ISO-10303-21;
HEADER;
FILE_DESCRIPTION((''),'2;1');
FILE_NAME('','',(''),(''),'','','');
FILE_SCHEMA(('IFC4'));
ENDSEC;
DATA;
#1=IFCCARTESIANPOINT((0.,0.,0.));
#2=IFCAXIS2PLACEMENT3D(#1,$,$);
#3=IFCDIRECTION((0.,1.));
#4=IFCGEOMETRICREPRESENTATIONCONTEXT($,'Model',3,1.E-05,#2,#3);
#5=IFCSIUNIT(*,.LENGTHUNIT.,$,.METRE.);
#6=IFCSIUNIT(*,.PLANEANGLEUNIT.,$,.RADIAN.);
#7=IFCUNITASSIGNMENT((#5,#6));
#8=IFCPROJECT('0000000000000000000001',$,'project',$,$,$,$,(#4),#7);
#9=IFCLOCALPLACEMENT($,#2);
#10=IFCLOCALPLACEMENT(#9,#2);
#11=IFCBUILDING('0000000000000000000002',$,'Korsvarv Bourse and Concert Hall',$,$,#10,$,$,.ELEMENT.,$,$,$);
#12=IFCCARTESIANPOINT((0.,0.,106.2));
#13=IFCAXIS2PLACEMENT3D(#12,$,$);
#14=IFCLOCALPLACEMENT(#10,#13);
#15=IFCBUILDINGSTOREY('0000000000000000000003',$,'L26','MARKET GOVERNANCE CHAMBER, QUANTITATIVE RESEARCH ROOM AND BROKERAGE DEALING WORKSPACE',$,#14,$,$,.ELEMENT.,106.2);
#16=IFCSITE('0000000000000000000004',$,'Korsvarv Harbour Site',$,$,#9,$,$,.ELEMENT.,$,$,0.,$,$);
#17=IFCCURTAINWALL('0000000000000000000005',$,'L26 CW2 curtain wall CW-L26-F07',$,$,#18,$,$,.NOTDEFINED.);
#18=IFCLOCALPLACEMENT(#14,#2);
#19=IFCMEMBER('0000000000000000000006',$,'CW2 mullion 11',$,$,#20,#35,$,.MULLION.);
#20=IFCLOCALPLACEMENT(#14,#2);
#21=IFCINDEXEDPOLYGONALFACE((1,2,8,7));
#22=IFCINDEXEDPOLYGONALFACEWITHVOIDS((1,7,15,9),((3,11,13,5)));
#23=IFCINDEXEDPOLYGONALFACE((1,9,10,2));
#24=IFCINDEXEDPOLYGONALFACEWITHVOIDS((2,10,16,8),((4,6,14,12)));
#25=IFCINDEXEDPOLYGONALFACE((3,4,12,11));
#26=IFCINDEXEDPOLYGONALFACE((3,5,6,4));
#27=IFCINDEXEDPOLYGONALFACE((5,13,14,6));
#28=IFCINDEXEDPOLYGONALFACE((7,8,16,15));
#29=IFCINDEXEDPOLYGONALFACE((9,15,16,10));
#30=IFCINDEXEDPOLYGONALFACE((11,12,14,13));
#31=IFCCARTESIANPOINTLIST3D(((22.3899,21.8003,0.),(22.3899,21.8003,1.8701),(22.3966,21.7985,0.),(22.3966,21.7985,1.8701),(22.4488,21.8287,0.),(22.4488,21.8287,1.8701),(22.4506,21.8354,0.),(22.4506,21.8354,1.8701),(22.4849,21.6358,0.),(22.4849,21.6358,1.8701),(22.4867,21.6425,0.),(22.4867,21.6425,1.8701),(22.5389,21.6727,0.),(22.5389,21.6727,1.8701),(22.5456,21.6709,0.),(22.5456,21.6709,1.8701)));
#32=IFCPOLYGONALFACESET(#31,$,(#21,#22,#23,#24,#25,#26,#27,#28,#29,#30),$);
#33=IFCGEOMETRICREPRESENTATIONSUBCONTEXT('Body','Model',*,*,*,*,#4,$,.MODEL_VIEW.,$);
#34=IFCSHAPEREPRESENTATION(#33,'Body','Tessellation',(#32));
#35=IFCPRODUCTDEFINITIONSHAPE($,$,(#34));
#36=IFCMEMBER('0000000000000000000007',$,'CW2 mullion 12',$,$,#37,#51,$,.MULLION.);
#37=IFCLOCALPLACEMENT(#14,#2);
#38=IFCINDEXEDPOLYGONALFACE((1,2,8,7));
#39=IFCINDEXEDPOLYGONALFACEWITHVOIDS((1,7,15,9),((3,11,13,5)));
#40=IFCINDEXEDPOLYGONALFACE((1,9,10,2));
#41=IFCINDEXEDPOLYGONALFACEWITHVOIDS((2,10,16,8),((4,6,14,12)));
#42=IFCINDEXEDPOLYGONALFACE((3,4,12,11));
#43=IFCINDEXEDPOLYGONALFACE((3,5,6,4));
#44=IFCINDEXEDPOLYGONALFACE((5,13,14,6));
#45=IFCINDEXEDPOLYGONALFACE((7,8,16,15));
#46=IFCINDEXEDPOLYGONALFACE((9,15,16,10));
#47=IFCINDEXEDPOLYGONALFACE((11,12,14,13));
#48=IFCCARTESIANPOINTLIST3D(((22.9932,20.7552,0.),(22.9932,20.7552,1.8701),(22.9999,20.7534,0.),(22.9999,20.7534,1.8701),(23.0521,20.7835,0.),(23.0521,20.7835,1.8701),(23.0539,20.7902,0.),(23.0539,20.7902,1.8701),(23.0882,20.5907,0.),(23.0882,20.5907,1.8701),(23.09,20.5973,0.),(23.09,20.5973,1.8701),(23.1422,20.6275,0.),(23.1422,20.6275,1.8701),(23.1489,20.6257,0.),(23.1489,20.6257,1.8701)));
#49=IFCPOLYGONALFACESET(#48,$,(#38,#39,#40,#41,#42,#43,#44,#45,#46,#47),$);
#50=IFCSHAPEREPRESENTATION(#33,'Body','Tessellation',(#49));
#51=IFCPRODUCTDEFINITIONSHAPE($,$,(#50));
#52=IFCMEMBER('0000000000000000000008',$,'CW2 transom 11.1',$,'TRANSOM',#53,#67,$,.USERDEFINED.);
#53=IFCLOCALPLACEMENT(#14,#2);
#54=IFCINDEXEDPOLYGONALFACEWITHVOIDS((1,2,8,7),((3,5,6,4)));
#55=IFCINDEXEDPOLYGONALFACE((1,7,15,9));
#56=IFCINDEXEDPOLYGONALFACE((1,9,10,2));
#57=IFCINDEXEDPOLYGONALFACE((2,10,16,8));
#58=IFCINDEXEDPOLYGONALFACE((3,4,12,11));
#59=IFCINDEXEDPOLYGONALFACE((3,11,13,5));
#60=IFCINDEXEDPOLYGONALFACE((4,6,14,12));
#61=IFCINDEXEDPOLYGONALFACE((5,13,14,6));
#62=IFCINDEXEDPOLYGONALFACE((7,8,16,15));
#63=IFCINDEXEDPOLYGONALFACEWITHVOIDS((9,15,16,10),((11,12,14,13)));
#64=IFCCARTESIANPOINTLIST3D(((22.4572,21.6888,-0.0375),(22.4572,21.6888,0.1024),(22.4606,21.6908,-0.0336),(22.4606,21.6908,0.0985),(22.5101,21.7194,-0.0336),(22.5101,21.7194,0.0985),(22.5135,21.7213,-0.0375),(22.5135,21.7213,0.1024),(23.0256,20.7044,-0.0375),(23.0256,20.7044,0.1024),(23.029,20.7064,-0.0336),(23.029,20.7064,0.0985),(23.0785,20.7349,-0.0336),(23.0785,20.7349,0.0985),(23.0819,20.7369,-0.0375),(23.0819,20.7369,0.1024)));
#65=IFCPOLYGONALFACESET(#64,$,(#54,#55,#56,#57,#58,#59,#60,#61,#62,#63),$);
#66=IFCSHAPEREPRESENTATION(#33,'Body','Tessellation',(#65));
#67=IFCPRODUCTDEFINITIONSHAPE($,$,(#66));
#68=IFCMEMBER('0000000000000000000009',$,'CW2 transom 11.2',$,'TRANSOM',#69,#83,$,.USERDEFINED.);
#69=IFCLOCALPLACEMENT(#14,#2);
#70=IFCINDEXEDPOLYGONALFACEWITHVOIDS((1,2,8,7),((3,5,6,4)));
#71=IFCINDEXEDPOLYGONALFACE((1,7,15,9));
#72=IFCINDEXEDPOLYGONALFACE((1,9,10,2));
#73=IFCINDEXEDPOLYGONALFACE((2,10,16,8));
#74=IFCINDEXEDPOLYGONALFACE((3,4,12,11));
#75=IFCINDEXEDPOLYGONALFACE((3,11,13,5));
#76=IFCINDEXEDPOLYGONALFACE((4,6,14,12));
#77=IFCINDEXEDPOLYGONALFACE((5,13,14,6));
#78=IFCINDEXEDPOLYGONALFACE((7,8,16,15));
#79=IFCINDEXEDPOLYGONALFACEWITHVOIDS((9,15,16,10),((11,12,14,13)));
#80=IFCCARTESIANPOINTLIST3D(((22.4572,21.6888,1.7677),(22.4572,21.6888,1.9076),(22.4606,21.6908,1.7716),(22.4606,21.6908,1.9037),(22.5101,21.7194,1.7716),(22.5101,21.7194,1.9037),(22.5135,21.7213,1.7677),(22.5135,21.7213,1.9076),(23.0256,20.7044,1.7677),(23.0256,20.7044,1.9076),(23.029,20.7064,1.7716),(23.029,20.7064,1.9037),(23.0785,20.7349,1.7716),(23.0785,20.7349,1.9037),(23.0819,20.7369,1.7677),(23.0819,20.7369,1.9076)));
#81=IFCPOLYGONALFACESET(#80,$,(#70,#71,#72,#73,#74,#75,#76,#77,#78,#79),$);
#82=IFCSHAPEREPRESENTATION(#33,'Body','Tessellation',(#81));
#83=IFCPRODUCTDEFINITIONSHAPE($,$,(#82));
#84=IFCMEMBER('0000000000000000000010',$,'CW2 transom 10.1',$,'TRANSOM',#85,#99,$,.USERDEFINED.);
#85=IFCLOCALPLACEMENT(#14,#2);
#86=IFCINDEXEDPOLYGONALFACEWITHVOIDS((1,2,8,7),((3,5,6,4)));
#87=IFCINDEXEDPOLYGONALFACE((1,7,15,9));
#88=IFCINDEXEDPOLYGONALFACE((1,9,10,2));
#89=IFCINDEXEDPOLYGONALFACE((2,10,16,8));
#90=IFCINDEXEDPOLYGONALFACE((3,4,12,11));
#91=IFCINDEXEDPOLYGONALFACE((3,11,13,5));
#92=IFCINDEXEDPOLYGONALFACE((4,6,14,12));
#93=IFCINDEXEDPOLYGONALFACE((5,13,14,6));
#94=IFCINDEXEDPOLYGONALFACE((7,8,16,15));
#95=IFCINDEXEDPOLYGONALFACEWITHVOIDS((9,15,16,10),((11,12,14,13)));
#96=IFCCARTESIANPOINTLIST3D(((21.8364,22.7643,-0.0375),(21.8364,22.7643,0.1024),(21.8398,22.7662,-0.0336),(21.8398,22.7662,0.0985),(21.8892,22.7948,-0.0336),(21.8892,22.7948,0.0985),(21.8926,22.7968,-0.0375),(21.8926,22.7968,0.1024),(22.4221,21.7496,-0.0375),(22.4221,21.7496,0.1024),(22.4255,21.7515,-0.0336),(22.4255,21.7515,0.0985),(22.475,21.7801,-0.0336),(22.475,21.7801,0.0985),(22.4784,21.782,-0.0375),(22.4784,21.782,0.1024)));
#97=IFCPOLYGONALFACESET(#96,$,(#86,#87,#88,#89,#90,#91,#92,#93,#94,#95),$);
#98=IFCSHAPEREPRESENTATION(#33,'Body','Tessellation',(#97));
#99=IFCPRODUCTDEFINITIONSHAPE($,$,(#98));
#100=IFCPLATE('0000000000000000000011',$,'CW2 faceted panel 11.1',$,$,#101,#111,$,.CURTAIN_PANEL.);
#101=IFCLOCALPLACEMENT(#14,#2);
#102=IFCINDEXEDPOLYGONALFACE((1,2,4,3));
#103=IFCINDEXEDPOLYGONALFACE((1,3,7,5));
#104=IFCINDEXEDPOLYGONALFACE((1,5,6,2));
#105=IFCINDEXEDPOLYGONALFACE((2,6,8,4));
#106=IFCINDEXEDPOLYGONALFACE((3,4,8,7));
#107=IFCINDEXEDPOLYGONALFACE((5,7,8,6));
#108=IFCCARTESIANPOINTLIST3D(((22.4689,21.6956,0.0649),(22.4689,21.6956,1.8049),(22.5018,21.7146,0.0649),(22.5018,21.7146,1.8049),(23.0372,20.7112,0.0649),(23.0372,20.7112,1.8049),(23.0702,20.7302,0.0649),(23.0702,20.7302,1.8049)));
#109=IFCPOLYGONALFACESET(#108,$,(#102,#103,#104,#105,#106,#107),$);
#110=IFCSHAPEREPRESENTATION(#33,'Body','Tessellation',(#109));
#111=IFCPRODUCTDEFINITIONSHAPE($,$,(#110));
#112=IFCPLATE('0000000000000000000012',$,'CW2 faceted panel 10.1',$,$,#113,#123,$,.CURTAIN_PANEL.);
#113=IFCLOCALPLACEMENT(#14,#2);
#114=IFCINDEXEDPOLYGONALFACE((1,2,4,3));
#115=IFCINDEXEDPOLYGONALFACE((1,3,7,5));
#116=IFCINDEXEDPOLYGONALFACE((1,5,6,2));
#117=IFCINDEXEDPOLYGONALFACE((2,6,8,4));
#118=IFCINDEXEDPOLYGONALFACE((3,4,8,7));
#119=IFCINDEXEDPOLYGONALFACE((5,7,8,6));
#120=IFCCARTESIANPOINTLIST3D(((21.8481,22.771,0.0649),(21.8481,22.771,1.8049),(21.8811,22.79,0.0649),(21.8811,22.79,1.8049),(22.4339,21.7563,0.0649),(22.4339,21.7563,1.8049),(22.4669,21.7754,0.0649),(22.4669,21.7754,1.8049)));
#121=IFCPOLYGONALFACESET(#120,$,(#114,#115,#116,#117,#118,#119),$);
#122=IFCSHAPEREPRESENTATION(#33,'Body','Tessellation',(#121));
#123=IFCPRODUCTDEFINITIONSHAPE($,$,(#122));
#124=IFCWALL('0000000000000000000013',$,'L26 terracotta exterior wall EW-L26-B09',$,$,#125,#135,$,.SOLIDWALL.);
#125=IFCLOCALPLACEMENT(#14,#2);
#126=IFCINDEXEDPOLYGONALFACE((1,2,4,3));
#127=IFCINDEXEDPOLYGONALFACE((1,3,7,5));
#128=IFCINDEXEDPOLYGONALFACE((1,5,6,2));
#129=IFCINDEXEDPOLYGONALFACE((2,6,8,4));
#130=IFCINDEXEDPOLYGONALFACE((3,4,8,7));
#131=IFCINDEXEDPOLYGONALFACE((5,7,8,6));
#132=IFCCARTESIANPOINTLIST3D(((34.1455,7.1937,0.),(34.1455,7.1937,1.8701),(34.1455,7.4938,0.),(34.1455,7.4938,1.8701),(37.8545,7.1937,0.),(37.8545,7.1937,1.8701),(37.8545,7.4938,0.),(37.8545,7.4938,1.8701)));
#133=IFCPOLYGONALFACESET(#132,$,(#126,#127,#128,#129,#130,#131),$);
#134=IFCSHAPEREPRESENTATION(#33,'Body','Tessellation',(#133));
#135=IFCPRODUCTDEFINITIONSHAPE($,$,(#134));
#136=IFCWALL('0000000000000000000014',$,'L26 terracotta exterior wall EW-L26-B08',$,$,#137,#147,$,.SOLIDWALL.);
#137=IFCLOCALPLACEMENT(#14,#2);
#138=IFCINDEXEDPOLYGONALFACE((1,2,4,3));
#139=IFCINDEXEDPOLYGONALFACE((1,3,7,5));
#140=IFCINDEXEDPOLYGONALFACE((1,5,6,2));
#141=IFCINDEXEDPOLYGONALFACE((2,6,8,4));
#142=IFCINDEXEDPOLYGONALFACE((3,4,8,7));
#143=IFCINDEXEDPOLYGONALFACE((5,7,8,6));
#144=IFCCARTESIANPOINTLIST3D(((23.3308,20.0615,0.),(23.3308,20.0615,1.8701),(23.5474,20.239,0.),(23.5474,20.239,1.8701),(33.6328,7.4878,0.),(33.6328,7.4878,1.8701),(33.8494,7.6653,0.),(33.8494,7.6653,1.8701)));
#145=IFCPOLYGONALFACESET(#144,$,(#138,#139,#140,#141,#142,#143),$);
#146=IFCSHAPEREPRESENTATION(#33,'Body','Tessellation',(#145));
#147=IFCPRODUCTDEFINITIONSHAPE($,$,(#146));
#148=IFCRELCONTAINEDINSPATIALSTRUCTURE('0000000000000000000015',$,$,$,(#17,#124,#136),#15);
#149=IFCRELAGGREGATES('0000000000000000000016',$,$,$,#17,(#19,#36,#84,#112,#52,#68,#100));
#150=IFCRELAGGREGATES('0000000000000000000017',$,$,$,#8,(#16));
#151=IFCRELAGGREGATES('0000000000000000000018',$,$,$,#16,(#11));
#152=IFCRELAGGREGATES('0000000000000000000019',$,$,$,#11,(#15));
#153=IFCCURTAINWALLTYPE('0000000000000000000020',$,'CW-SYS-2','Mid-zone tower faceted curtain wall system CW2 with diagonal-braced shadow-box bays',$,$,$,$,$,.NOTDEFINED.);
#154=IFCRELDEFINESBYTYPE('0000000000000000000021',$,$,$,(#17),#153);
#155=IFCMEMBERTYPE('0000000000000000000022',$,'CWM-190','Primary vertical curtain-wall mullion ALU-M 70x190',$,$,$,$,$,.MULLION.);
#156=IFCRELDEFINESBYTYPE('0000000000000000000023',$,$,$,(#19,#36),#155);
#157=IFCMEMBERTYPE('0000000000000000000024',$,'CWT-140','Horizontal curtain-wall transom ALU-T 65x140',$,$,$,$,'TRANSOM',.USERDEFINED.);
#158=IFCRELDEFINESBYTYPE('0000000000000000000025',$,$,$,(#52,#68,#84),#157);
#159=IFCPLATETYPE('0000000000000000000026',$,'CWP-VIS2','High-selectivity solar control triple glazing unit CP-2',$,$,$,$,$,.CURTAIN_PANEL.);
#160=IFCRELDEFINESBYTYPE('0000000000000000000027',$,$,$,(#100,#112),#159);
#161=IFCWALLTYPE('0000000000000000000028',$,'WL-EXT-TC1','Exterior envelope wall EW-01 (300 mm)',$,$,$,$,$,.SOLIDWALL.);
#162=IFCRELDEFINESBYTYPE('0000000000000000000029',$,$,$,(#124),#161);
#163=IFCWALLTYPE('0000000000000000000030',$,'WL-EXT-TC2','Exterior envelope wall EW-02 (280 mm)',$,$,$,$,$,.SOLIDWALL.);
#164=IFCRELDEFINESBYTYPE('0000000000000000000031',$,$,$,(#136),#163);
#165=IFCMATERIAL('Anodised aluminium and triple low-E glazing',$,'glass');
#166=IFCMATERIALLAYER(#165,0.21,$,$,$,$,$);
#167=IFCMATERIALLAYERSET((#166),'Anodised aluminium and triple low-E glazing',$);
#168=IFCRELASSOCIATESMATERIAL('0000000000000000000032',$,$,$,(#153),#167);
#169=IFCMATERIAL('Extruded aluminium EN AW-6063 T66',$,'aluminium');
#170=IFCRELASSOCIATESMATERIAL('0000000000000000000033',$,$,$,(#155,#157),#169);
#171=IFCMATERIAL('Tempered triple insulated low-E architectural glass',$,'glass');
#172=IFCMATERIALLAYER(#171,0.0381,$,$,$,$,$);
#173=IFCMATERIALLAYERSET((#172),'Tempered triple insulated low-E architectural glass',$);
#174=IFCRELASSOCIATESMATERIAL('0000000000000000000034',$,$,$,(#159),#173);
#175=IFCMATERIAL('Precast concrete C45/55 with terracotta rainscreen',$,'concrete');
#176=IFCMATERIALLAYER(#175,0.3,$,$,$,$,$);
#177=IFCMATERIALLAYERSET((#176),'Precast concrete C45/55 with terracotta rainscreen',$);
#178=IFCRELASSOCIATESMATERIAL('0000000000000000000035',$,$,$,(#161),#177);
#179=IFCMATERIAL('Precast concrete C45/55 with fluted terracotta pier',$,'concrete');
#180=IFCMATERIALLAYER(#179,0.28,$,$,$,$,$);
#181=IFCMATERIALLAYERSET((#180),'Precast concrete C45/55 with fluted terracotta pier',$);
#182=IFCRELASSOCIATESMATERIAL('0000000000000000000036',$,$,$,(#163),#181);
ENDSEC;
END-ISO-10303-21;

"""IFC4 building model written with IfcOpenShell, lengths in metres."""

from ifc_helpers import new_model, si_unit, direction, frame, frame_2d, origin, origin_2d, place, context, subcontext, project, spatial, rectangle, hollow_rectangle, extrude, source, transform, mapped, material, layer, layer_set, material_profile, profile_set, type_object, element, aggregate, save


model = new_model("IFC4")

# Units and contexts
model_context = context("Model", 3, precision=1e-05, world=origin(), true_north=direction((0.0, 1.0)))
body_context = subcontext(model_context, "Body", "Model", "MODEL_VIEW")
ifc_project = project(units=[si_unit("LENGTHUNIT", "METRE"), si_unit("PLANEANGLEUNIT", "RADIAN")], contexts=[model_context])

# Site, building, storey
site_placement = place(None, origin())
site = spatial("IfcSite", under=ifc_project, at=site_placement, Name="Korsvarv Harbour Site", CompositionType="ELEMENT", RefElevation=0.0)
building_placement = place(site_placement, origin())
building = spatial("IfcBuilding", under=site, at=building_placement, Name="Korsvarv Bourse and Concert Hall", CompositionType="ELEMENT")
storey_placement = place(building_placement, frame((0.0, 0.0, 106.2)))
storey = spatial("IfcBuildingStorey", under=building, at=storey_placement, Name="L26", Description="MARKET GOVERNANCE CHAMBER, QUANTITATIVE RESEARCH ROOM AND BROKERAGE DEALING WORKSPACE", CompositionType="ELEMENT", Elevation=106.2)

# Curtain wall, members, plates
ifc_material_1 = material(Name="Anodised aluminium and triple low-E glazing", Category="glass")
ifc_layer_1 = layer(ifc_material_1, 0.21)
ifc_layer_set_1 = layer_set([ifc_layer_1], Name="Anodised aluminium and triple low-E glazing")
curtain_wall_type = type_object("IfcCurtainWallType", Name="CW-SYS-2", Description="Mid-zone tower faceted curtain wall system CW2 with diagonal-braced shadow-box bays", PredefinedType="NOTDEFINED", material=ifc_layer_set_1)
curtain_wall_placement = place(storey_placement, origin())
curtain_wall = element("IfcCurtainWall", 1, at=curtain_wall_placement, inside=storey, type_object=curtain_wall_type, Name="L26 CW2 curtain wall CW-L26-F07", PredefinedType="NOTDEFINED")
ifc_material_2 = material(Name="Extruded aluminium EN AW-6063 T66", Category="aluminium")
ifc_material_profile_1 = material_profile(ifc_material_2, hollow_rectangle(XDim=0.0701, YDim=0.1899, WallThickness=0.0049, at=origin_2d()), Name="ALU-M 70x190")
ifc_profile_set_1 = profile_set([ifc_material_profile_1], Name="Extruded aluminium EN AW-6063 T66")
member_type_1 = type_object("IfcMemberType", Name="CWM-190", Description="Primary vertical curtain-wall mullion ALU-M 70x190", PredefinedType="MULLION", material=ifc_profile_set_1)
shared_shape_1 = source(origin(), body_context, "Body", "SweptSolid", [
    extrude(hollow_rectangle(XDim=0.0701, YDim=0.1899, WallThickness=0.0049, at=origin_2d()), origin(), (0.0, 0.0, 1.0), 1.8701),
])
member_1_placement = place(storey_placement, frame((22.4678, 21.7356, 0.0), z_axis=(0.0, 0.0, 1.0), x_axis=(0.866024, 0.500002, 0.0)))
member_1 = element("IfcMember", 2, at=member_1_placement, type_object=member_type_1, Name="CW2 mullion 11", PredefinedType="MULLION", context=body_context, shape_type="MappedRepresentation", body=[
    mapped(shared_shape_1, transform((0.0, 0.0, 0.0), scale=1.0)),
])
member_2_placement = place(storey_placement, frame((23.071, 20.6904, 0.0), z_axis=(0.0, 0.0, 1.0), x_axis=(0.866024, 0.500002, 0.0)))
member_2 = element("IfcMember", 3, at=member_2_placement, type_object=member_type_1, Name="CW2 mullion 12", PredefinedType="MULLION", context=body_context, shape_type="MappedRepresentation", body=[
    mapped(shared_shape_1, transform((0.0, 0.0, 0.0), scale=1.0)),
])
ifc_material_profile_2 = material_profile(ifc_material_2, hollow_rectangle(XDim=0.0649, YDim=0.1399, WallThickness=0.0039, at=origin_2d()), Name="ALU-T 65x140")
ifc_profile_set_2 = profile_set([ifc_material_profile_2], Name="Extruded aluminium EN AW-6063 T66")
member_type_2 = type_object("IfcMemberType", Name="CWT-140", Description="Horizontal curtain-wall transom ALU-T 65x140", ElementType="TRANSOM", PredefinedType="USERDEFINED", material=ifc_profile_set_2)
shared_shape_2 = source(origin(), body_context, "Body", "SweptSolid", [
    extrude(hollow_rectangle(XDim=0.0649, YDim=0.1399, WallThickness=0.0039, at=origin_2d()), origin(), (0.0, 0.0, 1.0), 1.1367),
])
member_3_placement = place(storey_placement, frame((22.4854, 21.7051, 0.0325), z_axis=(0.50002, -0.866014, 0.0), x_axis=(0.866014, 0.50002, 0.0)))
member_3 = element("IfcMember", 4, at=member_3_placement, type_object=member_type_2, Name="CW2 transom 11.1", ObjectType="TRANSOM", PredefinedType="USERDEFINED", context=body_context, shape_type="MappedRepresentation", body=[
    mapped(shared_shape_2, transform((0.0, 0.0, 0.0), scale=1.0)),
])
member_4_placement = place(storey_placement, frame((22.4854, 21.7051, 1.8376), z_axis=(0.50002, -0.866014, 0.0), x_axis=(0.866014, 0.50002, 0.0)))
member_4 = element("IfcMember", 5, at=member_4_placement, type_object=member_type_2, Name="CW2 transom 11.2", ObjectType="TRANSOM", PredefinedType="USERDEFINED", context=body_context, shape_type="MappedRepresentation", body=[
    mapped(shared_shape_2, transform((0.0, 0.0, 0.0), scale=1.0)),
])
shared_shape_3 = source(origin(), body_context, "Body", "SweptSolid", [
    extrude(hollow_rectangle(XDim=0.0649, YDim=0.1399, WallThickness=0.0039, at=origin_2d()), origin(), (0.0, 0.0, 1.0), 1.1716),
])
member_5_placement = place(storey_placement, frame((21.8645, 22.7805, 0.0325), z_axis=(0.499927, -0.866068, 0.0), x_axis=(0.866068, 0.499927, 0.0)))
member_5 = element("IfcMember", 6, at=member_5_placement, type_object=member_type_2, Name="CW2 transom 10.1", ObjectType="TRANSOM", PredefinedType="USERDEFINED", context=body_context, shape_type="MappedRepresentation", body=[
    mapped(shared_shape_3, transform((0.0, 0.0, 0.0), scale=1.0)),
])
ifc_material_3 = material(Name="Tempered triple insulated low-E architectural glass", Category="glass")
ifc_layer_2 = layer(ifc_material_3, 0.0381)
ifc_layer_set_2 = layer_set([ifc_layer_2], Name="Tempered triple insulated low-E architectural glass")
plate_type = type_object("IfcPlateType", Name="CWP-VIS2", Description="High-selectivity solar control triple glazing unit CP-2", PredefinedType="CURTAIN_PANEL", material=ifc_layer_set_2)
shared_shape_4 = source(origin(), body_context, "Body", "SweptSolid", [
    extrude(rectangle(XDim=1.1367, YDim=0.0381, at=origin_2d()), origin(), (0.0, 0.0, 1.0), 1.74),
])
plate_1_placement = place(storey_placement, frame((22.7695, 21.2129, 0.0649), z_axis=(0.0, 0.0, 1.0), x_axis=(0.500002, -0.866024, 0.0)))
plate_1 = element("IfcPlate", 7, at=plate_1_placement, type_object=plate_type, Name="CW2 faceted panel 11.1", PredefinedType="CURTAIN_PANEL", context=body_context, shape_type="MappedRepresentation", body=[
    mapped(shared_shape_4, transform((0.0, 0.0, 0.0), scale=1.0)),
])
shared_shape_5 = source(origin(), body_context, "Body", "SweptSolid", [
    extrude(rectangle(XDim=1.1716, YDim=0.0381, at=origin_2d()), origin(), (0.0, 0.0, 1.0), 1.74),
])
plate_2_placement = place(storey_placement, frame((22.1575, 22.2732, 0.0649), z_axis=(0.0, 0.0, 1.0), x_axis=(0.500002, -0.866024, 0.0)))
plate_2 = element("IfcPlate", 8, at=plate_2_placement, type_object=plate_type, Name="CW2 faceted panel 10.1", PredefinedType="CURTAIN_PANEL", context=body_context, shape_type="MappedRepresentation", body=[
    mapped(shared_shape_5, transform((0.0, 0.0, 0.0), scale=1.0)),
])
aggregate(curtain_wall, [member_1, member_2, member_5, plate_2, member_3, member_4, plate_1])

# Walls
ifc_material_4 = material(Name="Precast concrete C45/55 with terracotta rainscreen", Category="concrete")
ifc_layer_3 = layer(ifc_material_4, 0.3)
ifc_layer_set_3 = layer_set([ifc_layer_3], Name="Precast concrete C45/55 with terracotta rainscreen")
wall_type_1 = type_object("IfcWallType", Name="WL-EXT-TC1", Description="Exterior envelope wall EW-01 (300 mm)", PredefinedType="SOLIDWALL", material=ifc_layer_set_3)
wall_1_placement = place(storey_placement, frame((34.1455, 7.3438, 0.0), z_axis=(0.0, 0.0, 1.0), x_axis=(1.0, 0.0, 0.0)))
element("IfcWall", 9, at=wall_1_placement, inside=storey, type_object=wall_type_1, Name="L26 terracotta exterior wall EW-L26-B09", PredefinedType="SOLIDWALL", context=body_context, shape_type="SweptSolid", body=[
    extrude(rectangle(XDim=3.709, YDim=0.3, at=frame_2d((1.8545, 0.0))), origin(), (0.0, 0.0, 1.0), 1.8701),
])
ifc_material_5 = material(Name="Precast concrete C45/55 with fluted terracotta pier", Category="concrete")
ifc_layer_4 = layer(ifc_material_5, 0.28)
ifc_layer_set_4 = layer_set([ifc_layer_4], Name="Precast concrete C45/55 with fluted terracotta pier")
wall_type_2 = type_object("IfcWallType", Name="WL-EXT-TC2", Description="Exterior envelope wall EW-02 (280 mm)", PredefinedType="SOLIDWALL", material=ifc_layer_set_4)
wall_2_placement = place(storey_placement, frame((23.4392, 20.1501, 0.0), z_axis=(0.0, 0.0, 1.0), x_axis=(0.633768, -0.773523, 0.0)))
element("IfcWall", 10, at=wall_2_placement, inside=storey, type_object=wall_type_2, Name="L26 terracotta exterior wall EW-L26-B08", PredefinedType="SOLIDWALL", context=body_context, shape_type="SweptSolid", body=[
    extrude(rectangle(XDim=16.2551, YDim=0.28, at=frame_2d((8.1274, 0.0))), origin(), (0.0, 0.0, 1.0), 1.8701),
])

save(model, "model.ifc")
